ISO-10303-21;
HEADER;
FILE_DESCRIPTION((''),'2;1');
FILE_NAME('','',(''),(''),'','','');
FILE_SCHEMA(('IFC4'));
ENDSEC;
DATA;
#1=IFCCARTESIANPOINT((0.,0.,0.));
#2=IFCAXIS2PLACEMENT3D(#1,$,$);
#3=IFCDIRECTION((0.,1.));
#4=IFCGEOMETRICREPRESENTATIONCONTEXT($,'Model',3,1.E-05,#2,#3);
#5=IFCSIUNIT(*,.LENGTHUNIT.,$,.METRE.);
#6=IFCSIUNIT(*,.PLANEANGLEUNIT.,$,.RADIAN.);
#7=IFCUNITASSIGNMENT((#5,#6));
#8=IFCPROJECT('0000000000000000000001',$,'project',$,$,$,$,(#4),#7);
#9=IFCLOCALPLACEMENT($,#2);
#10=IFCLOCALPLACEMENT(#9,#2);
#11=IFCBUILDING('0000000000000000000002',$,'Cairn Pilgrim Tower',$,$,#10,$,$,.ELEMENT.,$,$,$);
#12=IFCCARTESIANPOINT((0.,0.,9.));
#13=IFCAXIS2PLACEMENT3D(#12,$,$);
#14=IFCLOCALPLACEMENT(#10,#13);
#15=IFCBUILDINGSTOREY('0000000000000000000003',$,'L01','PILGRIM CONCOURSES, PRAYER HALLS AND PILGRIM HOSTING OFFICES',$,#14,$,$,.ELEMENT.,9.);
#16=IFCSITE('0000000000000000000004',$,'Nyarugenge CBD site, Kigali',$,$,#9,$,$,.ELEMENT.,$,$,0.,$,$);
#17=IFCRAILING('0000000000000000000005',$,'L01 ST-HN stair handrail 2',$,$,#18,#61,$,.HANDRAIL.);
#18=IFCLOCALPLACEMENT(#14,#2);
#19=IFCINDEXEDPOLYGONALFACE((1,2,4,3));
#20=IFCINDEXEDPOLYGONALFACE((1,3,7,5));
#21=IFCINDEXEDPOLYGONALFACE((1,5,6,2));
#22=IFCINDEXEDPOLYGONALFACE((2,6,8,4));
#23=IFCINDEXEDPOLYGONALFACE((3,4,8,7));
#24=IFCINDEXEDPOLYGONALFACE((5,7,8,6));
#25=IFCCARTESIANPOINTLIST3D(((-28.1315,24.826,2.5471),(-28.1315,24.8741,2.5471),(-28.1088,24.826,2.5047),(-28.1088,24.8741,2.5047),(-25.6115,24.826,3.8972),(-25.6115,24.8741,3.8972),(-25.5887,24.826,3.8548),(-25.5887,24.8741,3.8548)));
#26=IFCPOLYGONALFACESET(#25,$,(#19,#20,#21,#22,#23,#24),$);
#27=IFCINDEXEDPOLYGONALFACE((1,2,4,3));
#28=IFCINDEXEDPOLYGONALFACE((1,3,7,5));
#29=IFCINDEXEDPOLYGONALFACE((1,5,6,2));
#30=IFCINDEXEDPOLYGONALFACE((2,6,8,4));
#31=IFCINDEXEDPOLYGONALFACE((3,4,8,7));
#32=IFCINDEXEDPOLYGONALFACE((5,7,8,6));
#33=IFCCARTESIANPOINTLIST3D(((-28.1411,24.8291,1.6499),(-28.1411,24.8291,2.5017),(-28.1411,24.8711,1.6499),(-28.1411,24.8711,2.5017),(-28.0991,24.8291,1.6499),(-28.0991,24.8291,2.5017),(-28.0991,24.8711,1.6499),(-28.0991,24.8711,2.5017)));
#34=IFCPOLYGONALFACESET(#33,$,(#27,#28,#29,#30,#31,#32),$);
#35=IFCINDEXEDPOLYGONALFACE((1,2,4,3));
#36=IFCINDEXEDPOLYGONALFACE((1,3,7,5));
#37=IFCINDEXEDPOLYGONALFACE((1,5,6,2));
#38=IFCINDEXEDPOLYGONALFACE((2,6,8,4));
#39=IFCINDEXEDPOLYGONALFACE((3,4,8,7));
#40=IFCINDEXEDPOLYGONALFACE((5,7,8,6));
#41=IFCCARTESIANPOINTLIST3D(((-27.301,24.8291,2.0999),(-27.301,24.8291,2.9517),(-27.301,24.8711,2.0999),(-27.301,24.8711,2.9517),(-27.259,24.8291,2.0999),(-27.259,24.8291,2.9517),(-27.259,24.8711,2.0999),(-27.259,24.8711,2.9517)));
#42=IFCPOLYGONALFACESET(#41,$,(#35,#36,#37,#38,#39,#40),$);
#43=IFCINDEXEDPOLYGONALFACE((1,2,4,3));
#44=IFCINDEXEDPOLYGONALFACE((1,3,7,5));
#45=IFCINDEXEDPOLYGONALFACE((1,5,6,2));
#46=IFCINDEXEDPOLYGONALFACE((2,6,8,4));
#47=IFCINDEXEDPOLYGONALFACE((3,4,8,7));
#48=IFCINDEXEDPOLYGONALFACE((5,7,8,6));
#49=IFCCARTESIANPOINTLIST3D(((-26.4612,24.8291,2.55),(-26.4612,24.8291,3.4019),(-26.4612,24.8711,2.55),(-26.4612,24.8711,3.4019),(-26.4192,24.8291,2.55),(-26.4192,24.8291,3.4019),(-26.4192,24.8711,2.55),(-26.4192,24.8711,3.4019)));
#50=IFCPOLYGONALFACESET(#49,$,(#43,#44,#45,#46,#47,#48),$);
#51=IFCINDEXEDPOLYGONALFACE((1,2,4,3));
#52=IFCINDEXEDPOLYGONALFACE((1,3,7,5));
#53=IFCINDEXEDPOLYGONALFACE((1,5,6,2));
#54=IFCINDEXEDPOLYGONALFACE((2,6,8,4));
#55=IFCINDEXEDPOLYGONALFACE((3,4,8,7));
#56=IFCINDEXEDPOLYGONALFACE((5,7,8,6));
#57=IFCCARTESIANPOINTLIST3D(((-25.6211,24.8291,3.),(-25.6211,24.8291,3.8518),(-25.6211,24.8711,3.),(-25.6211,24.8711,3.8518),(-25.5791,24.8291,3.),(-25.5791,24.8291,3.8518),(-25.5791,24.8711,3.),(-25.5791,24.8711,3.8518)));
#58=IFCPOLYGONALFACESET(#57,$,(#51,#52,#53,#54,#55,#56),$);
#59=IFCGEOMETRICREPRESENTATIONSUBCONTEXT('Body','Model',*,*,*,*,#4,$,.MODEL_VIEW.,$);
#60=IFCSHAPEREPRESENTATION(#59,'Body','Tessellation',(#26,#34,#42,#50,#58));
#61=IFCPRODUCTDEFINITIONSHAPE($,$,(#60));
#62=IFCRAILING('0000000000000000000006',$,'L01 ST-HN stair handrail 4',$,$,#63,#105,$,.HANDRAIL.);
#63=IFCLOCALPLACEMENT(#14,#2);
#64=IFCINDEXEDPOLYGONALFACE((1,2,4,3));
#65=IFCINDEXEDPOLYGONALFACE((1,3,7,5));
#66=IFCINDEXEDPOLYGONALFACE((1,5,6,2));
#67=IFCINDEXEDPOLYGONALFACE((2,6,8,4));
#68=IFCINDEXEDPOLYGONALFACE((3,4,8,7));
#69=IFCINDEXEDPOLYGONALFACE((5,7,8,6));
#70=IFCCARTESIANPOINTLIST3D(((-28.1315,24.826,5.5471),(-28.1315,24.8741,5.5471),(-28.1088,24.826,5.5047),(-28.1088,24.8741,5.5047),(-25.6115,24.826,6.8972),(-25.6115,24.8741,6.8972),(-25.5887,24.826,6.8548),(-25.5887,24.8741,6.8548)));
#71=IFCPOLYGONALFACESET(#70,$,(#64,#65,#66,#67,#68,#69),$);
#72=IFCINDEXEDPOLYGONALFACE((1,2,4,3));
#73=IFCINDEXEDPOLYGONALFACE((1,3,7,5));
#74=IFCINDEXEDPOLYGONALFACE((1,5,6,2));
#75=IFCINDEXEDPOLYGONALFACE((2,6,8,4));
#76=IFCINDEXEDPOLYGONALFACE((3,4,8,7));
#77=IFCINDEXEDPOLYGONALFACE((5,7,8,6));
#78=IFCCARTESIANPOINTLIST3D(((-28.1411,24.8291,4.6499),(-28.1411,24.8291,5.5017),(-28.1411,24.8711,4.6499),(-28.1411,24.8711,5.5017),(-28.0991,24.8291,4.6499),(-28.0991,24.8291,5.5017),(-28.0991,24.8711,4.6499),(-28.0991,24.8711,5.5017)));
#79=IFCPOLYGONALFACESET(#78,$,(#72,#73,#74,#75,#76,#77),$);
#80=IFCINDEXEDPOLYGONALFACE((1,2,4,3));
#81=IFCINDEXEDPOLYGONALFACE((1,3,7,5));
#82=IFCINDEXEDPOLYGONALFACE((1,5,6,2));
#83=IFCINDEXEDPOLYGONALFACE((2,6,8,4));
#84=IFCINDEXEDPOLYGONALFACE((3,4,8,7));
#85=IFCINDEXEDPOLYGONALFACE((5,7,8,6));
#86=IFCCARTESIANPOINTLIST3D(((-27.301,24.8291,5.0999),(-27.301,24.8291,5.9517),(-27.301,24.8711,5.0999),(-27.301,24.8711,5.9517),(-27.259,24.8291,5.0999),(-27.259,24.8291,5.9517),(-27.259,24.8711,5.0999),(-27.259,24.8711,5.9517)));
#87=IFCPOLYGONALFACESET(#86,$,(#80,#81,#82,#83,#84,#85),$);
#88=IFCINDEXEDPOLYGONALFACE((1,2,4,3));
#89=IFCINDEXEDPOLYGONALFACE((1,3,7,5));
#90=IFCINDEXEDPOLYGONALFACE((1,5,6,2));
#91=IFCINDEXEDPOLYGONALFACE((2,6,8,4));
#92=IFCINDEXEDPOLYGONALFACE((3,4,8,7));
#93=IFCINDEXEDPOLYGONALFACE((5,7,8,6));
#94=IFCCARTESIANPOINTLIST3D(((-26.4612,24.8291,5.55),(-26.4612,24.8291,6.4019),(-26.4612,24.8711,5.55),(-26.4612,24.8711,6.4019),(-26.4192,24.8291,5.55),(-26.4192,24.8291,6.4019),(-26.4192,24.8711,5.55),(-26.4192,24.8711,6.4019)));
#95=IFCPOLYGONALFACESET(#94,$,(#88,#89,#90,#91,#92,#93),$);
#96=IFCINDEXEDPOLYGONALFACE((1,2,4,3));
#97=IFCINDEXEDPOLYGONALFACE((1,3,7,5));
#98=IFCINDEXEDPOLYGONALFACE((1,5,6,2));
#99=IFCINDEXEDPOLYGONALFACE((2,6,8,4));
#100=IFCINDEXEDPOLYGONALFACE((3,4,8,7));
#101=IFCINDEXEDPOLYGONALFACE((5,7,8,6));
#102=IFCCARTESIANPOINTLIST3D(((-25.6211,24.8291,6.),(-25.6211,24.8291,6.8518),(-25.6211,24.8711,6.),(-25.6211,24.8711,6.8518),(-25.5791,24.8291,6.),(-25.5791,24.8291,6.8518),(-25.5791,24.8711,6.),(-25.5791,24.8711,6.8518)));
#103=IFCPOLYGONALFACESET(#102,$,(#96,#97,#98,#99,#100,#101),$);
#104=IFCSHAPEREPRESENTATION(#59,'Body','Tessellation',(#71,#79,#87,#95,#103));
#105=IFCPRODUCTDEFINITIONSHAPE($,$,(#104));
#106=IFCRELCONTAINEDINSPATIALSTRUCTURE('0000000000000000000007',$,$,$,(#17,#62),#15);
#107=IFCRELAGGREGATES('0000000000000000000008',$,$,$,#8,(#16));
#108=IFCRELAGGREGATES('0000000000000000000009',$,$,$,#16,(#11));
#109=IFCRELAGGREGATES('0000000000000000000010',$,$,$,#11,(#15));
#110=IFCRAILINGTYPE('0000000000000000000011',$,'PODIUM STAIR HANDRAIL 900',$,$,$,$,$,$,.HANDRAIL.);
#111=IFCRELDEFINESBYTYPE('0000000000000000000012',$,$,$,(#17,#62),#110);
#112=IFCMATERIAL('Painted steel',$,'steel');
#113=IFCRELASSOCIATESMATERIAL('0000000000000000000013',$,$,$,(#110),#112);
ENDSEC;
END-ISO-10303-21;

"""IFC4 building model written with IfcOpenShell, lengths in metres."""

from ifc_helpers import new_model, si_unit, direction, frame, origin, origin_2d, place, context, subcontext, project, spatial, rectangle, extrude, material, type_object, element, save


model = new_model("IFC4")

# Units and contexts
model_context = context("Model", 3, precision=1e-05, world=origin(), true_north=direction((0.0, 1.0)))
body_context = subcontext(model_context, "Body", "Model", "MODEL_VIEW")
ifc_project = project(units=[si_unit("LENGTHUNIT", "METRE"), si_unit("PLANEANGLEUNIT", "RADIAN")], contexts=[model_context])

# Site, building, storey
site_placement = place(None, origin())
site = spatial("IfcSite", under=ifc_project, at=site_placement, Name="Nyarugenge CBD site, Kigali", CompositionType="ELEMENT", RefElevation=0.0)
building_placement = place(site_placement, origin())
building = spatial("IfcBuilding", under=site, at=building_placement, Name="Cairn Pilgrim Tower", CompositionType="ELEMENT")
storey_placement = place(building_placement, frame((0.0, 0.0, 9.0)))
storey = spatial("IfcBuildingStorey", under=building, at=storey_placement, Name="L01", Description="PILGRIM CONCOURSES, PRAYER HALLS AND PILGRIM HOSTING OFFICES", CompositionType="ELEMENT", Elevation=9.0)

# Railings
ifc_material_1 = material(Name="Painted steel", Category="steel")
railing_type_1 = type_object("IfcRailingType", Name="PODIUM STAIR HANDRAIL 900", PredefinedType="HANDRAIL", material=ifc_material_1)
for number, where, name in (
    (1, (-28.1201, 24.8501, 1.6499), "L01 ST-HN stair handrail 2"),
    (2, (-28.1201, 24.8501, 4.6499), "L01 ST-HN stair handrail 4"),
):
    element("IfcRailing", number, at=place(storey_placement, frame(where)), inside=storey, type_object=railing_type_1, Name=name, PredefinedType="HANDRAIL", context=body_context, shape_type="SweptSolid", body=[
        extrude(rectangle(XDim=0.0481, YDim=0.0481, at=origin_2d()), frame((0.0, 0.0, 0.876), z_axis=(0.881467, 0.0, 0.472245), x_axis=(0.0, 1.0, 0.0)), (0.0, 0.0, 1.0), 2.8589),
        extrude(rectangle(XDim=0.042, YDim=0.042, at=origin_2d()), origin(), (0.0, 0.0, 1.0), 0.8518),
        extrude(rectangle(XDim=0.042, YDim=0.042, at=origin_2d()), frame((0.8401, 0.0, 0.45)), (0.0, 0.0, 1.0), 0.8518),
        extrude(rectangle(XDim=0.042, YDim=0.042, at=origin_2d()), frame((1.6799, 0.0, 0.9001)), (0.0, 0.0, 1.0), 0.8518),
        extrude(rectangle(XDim=0.042, YDim=0.042, at=origin_2d()), frame((2.52, 0.0, 1.3501)), (0.0, 0.0, 1.0), 0.8518),
    ])

save(model, "model.ifc")
